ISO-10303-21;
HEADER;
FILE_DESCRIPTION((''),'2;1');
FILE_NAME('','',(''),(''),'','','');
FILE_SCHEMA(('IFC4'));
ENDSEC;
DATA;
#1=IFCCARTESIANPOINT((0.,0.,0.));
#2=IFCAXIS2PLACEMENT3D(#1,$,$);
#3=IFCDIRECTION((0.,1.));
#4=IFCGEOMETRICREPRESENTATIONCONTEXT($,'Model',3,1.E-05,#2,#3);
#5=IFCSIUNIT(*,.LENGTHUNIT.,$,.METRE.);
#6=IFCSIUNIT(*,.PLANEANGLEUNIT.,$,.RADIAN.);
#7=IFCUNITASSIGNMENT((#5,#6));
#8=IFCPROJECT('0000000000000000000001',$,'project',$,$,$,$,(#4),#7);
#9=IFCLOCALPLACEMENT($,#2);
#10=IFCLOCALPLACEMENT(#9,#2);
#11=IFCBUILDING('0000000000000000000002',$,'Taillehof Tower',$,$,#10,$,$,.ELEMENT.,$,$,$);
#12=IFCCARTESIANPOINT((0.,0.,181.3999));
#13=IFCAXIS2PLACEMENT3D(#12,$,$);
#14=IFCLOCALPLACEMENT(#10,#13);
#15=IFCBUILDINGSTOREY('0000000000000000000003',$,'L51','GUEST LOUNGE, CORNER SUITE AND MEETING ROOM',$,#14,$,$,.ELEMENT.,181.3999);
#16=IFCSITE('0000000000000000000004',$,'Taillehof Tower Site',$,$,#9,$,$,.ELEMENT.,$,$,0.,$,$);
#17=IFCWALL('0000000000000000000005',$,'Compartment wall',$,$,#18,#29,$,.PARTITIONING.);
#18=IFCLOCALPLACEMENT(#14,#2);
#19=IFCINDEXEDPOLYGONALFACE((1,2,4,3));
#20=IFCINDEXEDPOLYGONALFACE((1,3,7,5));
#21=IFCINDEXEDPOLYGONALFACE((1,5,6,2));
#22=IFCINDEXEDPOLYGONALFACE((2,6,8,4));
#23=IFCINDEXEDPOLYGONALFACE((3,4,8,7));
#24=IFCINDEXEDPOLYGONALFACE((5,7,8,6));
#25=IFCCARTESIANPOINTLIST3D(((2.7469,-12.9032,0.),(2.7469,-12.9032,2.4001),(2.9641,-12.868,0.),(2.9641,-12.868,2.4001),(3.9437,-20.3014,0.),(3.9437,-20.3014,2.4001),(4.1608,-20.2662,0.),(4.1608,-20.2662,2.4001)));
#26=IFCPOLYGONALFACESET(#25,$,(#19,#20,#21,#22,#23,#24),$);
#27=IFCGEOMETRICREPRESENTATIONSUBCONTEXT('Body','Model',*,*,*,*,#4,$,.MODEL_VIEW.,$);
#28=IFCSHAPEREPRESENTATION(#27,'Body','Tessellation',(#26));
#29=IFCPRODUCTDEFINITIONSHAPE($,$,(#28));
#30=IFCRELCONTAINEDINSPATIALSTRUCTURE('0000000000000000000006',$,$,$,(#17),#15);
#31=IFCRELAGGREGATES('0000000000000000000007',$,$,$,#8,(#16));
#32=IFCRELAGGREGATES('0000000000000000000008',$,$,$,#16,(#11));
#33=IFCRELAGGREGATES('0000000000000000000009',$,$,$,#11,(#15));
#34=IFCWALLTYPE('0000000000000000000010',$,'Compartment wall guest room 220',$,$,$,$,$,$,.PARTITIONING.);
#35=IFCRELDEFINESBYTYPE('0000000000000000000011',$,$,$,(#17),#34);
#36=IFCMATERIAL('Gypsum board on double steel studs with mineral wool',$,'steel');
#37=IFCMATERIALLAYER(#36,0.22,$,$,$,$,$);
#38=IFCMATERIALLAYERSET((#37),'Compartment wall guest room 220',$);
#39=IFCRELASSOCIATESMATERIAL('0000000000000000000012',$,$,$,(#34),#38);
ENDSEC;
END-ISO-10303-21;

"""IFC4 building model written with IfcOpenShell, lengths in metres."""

from ifc_helpers import new_model, si_unit, direction, frame, frame_2d, origin, place, context, subcontext, project, spatial, rectangle, extrude, material, layer, layer_set, type_object, element, save


model = new_model("IFC4")

# Units and contexts
model_context = context("Model", 3, precision=1e-05, world=origin(), true_north=direction((0.0, 1.0)))
body_context = subcontext(model_context, "Body", "Model", "MODEL_VIEW")
ifc_project = project(units=[si_unit("LENGTHUNIT", "METRE"), si_unit("PLANEANGLEUNIT", "RADIAN")], contexts=[model_context])

# Site, building, storey
site_placement = place(None, origin())
site = spatial("IfcSite", under=ifc_project, at=site_placement, Name="Taillehof Tower Site", CompositionType="ELEMENT", RefElevation=0.0)
building_placement = place(site_placement, origin())
building = spatial("IfcBuilding", under=site, at=building_placement, Name="Taillehof Tower", CompositionType="ELEMENT")
storey_placement = place(building_placement, frame((0.0, 0.0, 181.3999)))
storey = spatial("IfcBuildingStorey", under=building, at=storey_placement, Name="L51", Description="GUEST LOUNGE, CORNER SUITE AND MEETING ROOM", CompositionType="ELEMENT", Elevation=181.3999)

# Wall
ifc_material_1 = material(Name="Gypsum board on double steel studs with mineral wool", Category="steel")
ifc_layer_1 = layer(ifc_material_1, 0.22)
ifc_layer_set_1 = layer_set([ifc_layer_1], Name="Compartment wall guest room 220")
wall_type_1 = type_object("IfcWallType", Name="Compartment wall guest room 220", PredefinedType="PARTITIONING", material=ifc_layer_set_1)
wall_1_placement = place(storey_placement, frame((4.0522, -20.2837, 0.0), z_axis=(0.0, 0.0, 1.0), x_axis=(-0.15969, 0.987167, 0.0)))
element("IfcWall", 1, at=wall_1_placement, inside=storey, type_object=wall_type_1, Name="Compartment wall", PredefinedType="PARTITIONING", context=body_context, shape_type="SweptSolid", body=[
    extrude(rectangle(XDim=7.4944, YDim=0.22, at=frame_2d((3.7471, 0.0))), origin(), (0.0, 0.0, 1.0), 2.4001),
])

save(model, "model.ifc")
